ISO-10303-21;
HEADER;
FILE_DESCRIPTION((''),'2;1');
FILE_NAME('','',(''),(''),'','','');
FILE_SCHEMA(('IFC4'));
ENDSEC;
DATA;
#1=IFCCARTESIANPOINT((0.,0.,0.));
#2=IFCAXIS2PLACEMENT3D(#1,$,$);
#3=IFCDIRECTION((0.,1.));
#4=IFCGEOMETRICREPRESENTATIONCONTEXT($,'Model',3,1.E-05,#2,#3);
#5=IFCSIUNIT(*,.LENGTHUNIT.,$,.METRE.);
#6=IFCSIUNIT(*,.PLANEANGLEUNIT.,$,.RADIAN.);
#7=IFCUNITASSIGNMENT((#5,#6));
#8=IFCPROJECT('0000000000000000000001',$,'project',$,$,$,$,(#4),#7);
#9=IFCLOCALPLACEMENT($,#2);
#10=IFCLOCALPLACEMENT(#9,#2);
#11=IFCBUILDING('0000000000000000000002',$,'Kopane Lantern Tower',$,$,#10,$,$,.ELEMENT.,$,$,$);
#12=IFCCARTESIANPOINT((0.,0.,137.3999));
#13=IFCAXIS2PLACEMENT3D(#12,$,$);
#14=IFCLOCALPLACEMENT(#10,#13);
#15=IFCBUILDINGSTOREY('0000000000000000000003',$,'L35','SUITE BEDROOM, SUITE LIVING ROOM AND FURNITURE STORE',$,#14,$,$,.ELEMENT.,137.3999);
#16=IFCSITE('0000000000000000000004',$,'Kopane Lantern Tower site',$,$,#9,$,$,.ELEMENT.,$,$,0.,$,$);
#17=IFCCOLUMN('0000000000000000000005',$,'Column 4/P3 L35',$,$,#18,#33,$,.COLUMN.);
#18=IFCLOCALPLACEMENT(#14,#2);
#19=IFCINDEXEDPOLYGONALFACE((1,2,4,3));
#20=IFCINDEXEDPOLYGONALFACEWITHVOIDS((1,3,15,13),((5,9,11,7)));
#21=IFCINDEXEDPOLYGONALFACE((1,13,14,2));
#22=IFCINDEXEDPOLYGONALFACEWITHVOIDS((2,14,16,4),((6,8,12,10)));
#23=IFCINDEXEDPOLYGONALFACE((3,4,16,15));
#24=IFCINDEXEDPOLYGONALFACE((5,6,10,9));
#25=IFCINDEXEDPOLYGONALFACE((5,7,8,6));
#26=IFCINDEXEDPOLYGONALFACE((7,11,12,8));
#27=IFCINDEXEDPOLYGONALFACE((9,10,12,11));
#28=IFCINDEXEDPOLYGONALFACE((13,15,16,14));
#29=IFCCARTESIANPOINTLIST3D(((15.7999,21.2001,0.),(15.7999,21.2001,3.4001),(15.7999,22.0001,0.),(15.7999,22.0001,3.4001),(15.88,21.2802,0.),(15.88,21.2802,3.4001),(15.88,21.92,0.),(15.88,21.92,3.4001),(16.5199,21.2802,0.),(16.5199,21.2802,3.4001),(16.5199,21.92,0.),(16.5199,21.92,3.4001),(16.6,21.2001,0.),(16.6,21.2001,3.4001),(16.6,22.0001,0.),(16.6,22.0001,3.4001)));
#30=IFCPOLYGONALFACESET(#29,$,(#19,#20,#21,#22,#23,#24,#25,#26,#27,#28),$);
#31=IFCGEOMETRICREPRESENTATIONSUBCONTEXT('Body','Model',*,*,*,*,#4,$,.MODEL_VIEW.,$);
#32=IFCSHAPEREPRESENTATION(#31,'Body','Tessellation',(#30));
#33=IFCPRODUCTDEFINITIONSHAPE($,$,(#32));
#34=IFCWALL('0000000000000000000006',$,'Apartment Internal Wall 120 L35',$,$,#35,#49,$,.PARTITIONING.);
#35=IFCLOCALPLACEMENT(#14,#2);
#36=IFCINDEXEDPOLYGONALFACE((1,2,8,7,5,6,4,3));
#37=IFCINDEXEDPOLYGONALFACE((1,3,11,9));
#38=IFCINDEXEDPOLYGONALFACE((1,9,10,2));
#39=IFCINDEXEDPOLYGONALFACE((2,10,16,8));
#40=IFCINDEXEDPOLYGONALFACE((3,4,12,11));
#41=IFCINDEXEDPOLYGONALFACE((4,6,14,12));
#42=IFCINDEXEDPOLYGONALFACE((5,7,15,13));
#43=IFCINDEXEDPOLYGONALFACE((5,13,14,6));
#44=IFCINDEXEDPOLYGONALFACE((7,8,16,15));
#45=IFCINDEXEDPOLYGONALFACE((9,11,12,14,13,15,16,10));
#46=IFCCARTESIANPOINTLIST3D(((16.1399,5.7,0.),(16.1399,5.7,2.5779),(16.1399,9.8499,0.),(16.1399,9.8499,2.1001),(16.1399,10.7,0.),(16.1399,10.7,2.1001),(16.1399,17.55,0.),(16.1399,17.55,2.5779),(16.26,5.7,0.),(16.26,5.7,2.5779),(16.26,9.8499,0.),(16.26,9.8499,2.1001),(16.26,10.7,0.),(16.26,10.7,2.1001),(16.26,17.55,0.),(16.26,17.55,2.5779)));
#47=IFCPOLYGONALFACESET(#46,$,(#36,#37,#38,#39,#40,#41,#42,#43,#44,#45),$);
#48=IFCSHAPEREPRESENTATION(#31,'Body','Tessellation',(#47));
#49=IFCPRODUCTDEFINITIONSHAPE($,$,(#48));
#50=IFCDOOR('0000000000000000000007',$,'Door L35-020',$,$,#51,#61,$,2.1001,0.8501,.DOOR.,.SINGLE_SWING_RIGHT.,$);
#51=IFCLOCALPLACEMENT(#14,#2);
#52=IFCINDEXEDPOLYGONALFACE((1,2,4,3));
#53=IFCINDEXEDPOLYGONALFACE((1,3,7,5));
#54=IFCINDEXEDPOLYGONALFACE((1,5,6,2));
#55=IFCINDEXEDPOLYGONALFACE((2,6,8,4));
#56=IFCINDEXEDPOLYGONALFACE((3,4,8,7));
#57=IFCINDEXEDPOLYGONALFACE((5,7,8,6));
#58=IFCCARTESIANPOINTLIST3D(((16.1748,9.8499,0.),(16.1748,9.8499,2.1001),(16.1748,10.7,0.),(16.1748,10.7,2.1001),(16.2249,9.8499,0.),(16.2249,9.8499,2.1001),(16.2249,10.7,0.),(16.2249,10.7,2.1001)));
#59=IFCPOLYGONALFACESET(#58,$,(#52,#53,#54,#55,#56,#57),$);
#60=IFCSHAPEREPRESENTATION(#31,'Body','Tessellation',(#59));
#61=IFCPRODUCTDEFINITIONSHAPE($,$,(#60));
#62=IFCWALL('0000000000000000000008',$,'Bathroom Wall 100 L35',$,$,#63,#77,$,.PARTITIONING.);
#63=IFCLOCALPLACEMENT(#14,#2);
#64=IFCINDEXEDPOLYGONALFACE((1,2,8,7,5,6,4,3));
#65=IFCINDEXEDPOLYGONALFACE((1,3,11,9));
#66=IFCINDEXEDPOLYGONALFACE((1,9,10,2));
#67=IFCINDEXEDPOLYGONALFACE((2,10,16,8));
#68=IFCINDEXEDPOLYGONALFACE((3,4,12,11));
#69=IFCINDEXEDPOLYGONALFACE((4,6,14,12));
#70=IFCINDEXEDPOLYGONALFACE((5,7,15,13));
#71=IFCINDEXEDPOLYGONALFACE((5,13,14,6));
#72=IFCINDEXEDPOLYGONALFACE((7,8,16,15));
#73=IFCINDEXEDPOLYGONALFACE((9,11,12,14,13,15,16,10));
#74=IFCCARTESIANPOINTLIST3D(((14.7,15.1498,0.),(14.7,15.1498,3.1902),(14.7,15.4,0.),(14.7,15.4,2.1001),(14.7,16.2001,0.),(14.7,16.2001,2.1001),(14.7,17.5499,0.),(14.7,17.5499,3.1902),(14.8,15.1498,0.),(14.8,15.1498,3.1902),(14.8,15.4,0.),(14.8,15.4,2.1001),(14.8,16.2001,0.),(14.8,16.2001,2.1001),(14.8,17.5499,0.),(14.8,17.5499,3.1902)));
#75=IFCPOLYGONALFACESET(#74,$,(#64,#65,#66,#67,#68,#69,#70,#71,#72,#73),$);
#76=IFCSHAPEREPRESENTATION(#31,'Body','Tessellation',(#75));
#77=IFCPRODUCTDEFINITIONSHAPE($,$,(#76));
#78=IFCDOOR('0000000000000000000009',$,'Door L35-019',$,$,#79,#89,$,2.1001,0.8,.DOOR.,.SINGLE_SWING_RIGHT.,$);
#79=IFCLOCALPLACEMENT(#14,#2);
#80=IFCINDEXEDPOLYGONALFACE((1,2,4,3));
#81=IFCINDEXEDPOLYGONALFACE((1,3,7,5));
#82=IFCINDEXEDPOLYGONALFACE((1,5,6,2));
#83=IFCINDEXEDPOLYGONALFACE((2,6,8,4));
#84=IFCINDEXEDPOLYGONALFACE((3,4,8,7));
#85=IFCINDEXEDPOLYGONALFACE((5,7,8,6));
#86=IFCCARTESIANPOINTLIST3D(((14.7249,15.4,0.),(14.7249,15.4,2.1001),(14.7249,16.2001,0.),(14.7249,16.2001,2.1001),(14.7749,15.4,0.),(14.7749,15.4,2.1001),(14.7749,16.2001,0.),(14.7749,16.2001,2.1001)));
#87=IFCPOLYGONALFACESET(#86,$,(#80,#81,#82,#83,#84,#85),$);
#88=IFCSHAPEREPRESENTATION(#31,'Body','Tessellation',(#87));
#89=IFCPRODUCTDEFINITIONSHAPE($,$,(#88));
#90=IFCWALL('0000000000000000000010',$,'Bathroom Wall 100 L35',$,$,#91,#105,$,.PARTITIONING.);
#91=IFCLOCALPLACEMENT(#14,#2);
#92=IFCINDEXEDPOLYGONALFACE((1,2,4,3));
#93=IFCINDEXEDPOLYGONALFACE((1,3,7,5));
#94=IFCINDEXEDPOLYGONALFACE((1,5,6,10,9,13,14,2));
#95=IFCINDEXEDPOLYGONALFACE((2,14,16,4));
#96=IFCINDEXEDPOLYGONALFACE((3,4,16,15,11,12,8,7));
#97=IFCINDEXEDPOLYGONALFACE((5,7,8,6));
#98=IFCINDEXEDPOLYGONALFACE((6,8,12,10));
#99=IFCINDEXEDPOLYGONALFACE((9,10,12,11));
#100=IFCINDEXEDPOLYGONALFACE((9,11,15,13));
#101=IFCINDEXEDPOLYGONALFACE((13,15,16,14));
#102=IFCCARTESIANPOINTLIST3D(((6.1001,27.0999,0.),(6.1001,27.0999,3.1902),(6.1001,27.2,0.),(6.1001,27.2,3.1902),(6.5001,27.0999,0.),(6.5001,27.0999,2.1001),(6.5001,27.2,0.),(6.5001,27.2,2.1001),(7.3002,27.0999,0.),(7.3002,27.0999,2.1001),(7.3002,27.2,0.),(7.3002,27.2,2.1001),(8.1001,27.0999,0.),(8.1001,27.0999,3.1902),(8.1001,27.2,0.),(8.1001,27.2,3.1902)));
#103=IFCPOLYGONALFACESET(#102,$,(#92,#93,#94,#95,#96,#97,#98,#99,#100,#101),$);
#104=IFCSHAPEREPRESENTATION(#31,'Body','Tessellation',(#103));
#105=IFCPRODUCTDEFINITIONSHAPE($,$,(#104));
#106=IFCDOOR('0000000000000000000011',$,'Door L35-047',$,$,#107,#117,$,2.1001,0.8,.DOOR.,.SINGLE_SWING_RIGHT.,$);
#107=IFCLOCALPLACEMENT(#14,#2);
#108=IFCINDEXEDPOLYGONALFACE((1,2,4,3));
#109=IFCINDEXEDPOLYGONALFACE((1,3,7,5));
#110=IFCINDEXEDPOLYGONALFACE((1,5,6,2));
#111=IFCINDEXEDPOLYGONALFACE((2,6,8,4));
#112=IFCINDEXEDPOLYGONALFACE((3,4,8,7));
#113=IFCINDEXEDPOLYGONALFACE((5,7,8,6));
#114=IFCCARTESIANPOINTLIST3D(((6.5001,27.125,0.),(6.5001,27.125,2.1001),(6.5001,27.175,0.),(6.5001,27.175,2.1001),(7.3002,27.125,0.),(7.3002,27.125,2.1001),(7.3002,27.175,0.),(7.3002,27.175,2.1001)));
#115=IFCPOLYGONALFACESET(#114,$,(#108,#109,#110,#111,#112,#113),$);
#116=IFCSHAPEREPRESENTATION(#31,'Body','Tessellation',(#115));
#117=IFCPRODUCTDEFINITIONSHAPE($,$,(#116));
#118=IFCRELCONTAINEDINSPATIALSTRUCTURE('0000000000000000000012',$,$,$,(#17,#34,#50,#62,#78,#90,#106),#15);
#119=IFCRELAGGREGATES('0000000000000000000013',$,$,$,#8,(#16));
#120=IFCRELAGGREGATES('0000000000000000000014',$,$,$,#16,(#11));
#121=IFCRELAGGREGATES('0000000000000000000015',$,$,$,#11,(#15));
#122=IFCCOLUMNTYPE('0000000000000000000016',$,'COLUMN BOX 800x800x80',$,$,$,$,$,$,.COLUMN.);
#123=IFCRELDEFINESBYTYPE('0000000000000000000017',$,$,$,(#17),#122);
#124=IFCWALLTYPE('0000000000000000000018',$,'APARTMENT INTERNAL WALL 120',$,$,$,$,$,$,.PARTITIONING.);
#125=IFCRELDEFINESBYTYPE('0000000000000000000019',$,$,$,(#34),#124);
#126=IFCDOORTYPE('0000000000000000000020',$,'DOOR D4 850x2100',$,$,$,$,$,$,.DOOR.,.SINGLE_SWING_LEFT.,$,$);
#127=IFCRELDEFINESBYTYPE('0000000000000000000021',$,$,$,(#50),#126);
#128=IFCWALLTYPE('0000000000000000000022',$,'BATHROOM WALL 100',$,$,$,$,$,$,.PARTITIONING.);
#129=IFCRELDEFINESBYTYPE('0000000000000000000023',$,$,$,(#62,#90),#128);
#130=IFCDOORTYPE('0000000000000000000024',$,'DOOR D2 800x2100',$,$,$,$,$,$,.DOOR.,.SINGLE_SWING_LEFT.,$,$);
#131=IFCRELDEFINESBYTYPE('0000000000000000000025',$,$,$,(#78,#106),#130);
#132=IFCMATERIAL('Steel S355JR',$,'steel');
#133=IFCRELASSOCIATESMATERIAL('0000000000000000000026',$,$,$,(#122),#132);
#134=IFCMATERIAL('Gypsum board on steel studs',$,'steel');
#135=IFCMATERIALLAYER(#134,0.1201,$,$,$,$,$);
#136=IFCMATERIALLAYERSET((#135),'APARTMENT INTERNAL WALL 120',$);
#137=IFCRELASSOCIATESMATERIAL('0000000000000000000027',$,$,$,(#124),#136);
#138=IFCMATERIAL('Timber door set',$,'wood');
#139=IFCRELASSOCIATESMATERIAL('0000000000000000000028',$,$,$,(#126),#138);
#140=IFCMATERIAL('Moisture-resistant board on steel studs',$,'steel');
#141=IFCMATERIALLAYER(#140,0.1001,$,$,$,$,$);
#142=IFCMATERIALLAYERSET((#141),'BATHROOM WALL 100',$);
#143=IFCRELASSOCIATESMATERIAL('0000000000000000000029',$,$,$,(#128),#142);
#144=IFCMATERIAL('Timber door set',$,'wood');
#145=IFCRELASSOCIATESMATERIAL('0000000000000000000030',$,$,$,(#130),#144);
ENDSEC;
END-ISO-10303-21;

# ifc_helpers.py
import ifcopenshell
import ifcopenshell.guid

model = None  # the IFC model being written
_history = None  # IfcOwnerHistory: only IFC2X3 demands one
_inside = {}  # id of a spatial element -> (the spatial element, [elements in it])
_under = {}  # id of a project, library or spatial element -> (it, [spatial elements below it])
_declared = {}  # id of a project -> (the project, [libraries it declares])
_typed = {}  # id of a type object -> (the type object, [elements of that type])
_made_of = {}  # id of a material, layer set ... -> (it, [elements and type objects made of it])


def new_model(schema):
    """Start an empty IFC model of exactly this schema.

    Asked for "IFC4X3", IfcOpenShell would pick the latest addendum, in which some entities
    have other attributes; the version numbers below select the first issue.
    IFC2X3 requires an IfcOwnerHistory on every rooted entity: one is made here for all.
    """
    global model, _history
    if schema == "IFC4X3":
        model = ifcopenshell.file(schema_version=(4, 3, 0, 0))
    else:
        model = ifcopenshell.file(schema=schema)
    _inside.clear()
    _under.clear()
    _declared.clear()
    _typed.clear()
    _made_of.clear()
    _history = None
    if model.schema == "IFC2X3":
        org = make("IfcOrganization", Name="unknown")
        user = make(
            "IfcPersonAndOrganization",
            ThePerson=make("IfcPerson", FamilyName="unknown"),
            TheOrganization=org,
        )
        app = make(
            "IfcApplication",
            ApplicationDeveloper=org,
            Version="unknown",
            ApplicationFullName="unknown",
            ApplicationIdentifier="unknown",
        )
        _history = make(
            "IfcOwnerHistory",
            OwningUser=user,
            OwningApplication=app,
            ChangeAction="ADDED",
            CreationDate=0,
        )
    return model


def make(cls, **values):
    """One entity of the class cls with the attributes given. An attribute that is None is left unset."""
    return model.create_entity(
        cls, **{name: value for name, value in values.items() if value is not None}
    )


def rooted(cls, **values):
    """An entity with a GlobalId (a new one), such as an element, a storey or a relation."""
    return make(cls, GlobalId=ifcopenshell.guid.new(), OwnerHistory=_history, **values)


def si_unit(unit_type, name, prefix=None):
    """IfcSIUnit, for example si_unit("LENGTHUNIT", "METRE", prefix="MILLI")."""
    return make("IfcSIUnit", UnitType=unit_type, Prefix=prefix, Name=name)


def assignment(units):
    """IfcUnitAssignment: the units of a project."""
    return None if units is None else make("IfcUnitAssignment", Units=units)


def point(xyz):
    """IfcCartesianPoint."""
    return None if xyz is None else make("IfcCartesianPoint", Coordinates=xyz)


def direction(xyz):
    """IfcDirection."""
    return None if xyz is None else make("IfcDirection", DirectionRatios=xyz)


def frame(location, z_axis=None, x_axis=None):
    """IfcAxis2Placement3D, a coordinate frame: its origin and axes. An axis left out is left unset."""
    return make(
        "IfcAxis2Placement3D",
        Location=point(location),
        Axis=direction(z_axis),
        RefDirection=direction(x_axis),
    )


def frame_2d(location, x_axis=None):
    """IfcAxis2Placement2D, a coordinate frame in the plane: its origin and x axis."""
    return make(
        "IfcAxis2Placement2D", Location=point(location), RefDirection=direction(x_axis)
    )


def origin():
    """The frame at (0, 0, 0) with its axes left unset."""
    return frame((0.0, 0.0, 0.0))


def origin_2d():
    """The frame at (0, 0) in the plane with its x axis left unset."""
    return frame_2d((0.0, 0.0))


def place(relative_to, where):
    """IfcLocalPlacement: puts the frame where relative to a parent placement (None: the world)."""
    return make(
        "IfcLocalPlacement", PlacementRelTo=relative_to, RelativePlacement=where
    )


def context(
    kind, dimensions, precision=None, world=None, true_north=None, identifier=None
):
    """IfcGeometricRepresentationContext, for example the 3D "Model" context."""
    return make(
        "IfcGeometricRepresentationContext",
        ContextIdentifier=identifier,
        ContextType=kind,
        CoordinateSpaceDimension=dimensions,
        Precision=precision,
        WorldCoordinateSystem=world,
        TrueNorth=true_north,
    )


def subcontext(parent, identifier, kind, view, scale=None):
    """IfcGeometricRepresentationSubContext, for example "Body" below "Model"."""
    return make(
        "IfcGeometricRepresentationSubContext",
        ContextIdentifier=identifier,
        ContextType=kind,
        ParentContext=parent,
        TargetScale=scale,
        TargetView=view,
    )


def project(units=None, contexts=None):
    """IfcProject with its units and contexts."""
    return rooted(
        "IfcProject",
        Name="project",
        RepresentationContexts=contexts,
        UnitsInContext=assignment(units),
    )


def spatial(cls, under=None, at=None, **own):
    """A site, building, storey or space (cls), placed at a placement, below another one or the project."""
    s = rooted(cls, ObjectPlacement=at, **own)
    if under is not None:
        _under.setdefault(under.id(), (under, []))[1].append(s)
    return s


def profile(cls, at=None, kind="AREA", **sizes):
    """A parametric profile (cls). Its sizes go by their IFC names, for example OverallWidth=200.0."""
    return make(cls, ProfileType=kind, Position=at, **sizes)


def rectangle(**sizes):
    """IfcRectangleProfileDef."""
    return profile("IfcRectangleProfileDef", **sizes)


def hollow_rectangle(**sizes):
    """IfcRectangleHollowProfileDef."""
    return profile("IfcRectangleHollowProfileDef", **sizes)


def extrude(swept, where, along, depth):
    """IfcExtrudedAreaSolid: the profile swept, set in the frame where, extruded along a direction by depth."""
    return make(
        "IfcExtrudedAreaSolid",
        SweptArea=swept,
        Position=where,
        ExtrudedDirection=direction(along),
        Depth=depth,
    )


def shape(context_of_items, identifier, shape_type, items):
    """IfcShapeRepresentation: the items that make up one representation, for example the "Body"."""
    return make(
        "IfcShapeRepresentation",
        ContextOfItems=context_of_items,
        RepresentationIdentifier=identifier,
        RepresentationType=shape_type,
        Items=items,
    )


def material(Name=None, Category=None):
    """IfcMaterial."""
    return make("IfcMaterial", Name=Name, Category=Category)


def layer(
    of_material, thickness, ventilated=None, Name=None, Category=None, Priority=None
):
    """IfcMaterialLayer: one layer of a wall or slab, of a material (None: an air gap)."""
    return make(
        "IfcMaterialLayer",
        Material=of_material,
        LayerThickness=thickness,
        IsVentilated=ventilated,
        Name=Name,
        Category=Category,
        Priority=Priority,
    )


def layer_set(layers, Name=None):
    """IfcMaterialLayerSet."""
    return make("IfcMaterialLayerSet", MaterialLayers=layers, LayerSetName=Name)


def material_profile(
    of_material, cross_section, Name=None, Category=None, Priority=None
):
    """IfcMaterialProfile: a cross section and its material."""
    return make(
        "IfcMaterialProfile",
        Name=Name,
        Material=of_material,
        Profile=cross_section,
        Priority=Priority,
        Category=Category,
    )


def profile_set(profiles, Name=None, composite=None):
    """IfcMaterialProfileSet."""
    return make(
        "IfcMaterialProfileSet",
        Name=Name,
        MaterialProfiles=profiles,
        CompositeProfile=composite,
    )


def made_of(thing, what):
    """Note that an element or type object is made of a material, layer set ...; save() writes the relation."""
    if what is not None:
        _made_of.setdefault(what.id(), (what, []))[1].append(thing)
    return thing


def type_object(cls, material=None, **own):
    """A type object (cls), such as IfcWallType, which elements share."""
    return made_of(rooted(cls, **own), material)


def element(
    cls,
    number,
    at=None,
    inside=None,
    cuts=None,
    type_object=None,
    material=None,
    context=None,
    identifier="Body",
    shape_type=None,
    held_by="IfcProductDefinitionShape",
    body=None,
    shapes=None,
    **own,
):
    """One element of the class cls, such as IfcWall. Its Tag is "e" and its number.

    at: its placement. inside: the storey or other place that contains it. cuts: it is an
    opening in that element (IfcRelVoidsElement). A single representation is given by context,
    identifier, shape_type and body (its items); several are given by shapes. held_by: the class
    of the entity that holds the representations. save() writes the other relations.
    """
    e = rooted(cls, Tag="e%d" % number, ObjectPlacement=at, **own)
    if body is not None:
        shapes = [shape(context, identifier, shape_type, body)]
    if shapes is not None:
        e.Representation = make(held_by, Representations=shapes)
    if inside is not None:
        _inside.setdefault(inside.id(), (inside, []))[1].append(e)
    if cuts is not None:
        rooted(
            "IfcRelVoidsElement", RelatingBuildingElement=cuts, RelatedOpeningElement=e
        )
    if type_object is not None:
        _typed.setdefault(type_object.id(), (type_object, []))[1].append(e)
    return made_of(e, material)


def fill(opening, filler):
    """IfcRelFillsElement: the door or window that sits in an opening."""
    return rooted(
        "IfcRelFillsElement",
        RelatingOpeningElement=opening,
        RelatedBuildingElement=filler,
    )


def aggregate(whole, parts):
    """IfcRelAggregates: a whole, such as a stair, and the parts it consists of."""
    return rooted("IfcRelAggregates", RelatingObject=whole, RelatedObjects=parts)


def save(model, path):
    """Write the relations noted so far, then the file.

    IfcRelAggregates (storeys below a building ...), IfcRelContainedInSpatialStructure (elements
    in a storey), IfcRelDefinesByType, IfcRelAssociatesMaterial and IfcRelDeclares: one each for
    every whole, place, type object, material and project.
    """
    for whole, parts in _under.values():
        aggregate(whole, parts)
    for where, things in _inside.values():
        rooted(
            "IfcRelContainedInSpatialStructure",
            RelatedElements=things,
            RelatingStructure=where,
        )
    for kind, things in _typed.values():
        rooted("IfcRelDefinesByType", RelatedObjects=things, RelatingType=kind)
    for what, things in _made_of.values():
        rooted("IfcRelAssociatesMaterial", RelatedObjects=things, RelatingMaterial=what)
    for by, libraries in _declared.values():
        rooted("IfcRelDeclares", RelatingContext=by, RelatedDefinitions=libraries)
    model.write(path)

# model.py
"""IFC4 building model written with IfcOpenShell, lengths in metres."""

from ifc_helpers import new_model, si_unit, direction, frame, frame_2d, origin, origin_2d, place, context, subcontext, project, spatial, rectangle, hollow_rectangle, extrude, material, layer, layer_set, material_profile, profile_set, type_object, element, fill, save


model = new_model("IFC4")

# Units and contexts
model_context = context("Model", 3, precision=1e-05, world=origin(), true_north=direction((0.0, 1.0)))
body_context = subcontext(model_context, "Body", "Model", "MODEL_VIEW")
ifc_project = project(units=[si_unit("LENGTHUNIT", "METRE"), si_unit("PLANEANGLEUNIT", "RADIAN")], contexts=[model_context])

# Site, building, storey
site_placement = place(None, origin())
site = spatial("IfcSite", under=ifc_project, at=site_placement, Name="Kopane Lantern Tower site", CompositionType="ELEMENT", RefElevation=0.0)
building_placement = place(site_placement, origin())
building = spatial("IfcBuilding", under=site, at=building_placement, Name="Kopane Lantern Tower", CompositionType="ELEMENT")
storey_placement = place(building_placement, frame((0.0, 0.0, 137.3999)))
storey = spatial("IfcBuildingStorey", under=building, at=storey_placement, Name="L35", Description="SUITE BEDROOM, SUITE LIVING ROOM AND FURNITURE STORE", CompositionType="ELEMENT", Elevation=137.3999)

# Column
ifc_material_1 = material(Name="Steel S355JR", Category="steel")
ifc_material_profile = material_profile(ifc_material_1, hollow_rectangle(XDim=0.8, YDim=0.8, WallThickness=0.0801, at=origin_2d()), Name="BOX 800x800x80")
ifc_profile_set = profile_set([ifc_material_profile], Name="Steel S355JR")
column_type = type_object("IfcColumnType", Name="COLUMN BOX 800x800x80", PredefinedType="COLUMN", material=ifc_profile_set)
column_placement = place(storey_placement, frame((16.2, 21.6001, 0.0), z_axis=(0.0, 0.0, 1.0), x_axis=(1.0, 0.0, 0.0)))
element("IfcColumn", 1, at=column_placement, inside=storey, type_object=column_type, Name="Column 4/P3 L35", PredefinedType="COLUMN", context=body_context, shape_type="SweptSolid", body=[
    extrude(hollow_rectangle(XDim=0.8, YDim=0.8, WallThickness=0.0801, at=origin_2d()), origin(), (0.0, 0.0, 1.0), 3.4001),
])

# Walls, openings, doors
ifc_material_2 = material(Name="Gypsum board on steel studs", Category="steel")
ifc_layer_1 = layer(ifc_material_2, 0.1201)
ifc_layer_set_1 = layer_set([ifc_layer_1], Name="APARTMENT INTERNAL WALL 120")
wall_type_1 = type_object("IfcWallType", Name="APARTMENT INTERNAL WALL 120", PredefinedType="PARTITIONING", material=ifc_layer_set_1)
wall_1_placement = place(storey_placement, frame((16.2, 17.55, 0.0), z_axis=(0.0, 0.0, 1.0), x_axis=(0.0, -1.0, 0.0)))
wall_1 = element("IfcWall", 2, at=wall_1_placement, inside=storey, type_object=wall_type_1, Name="Apartment Internal Wall 120 L35", PredefinedType="PARTITIONING", context=body_context, shape_type="SweptSolid", body=[
    extrude(rectangle(XDim=11.8501, YDim=0.1201, at=frame_2d((5.925, 0.0))), origin(), (0.0, 0.0, 1.0), 2.5779),
])
opening_1_placement = place(wall_1_placement, frame((6.8501, 0.0, 0.0)))
opening_1 = element("IfcOpeningElement", 3, at=opening_1_placement, cuts=wall_1, PredefinedType="OPENING", context=body_context, shape_type="SweptSolid", body=[
    extrude(rectangle(XDim=0.8501, YDim=2.1001, at=frame_2d((0.425, 1.05))), frame((0.0, 0.0701, 0.0), z_axis=(0.0, -1.0, 0.0), x_axis=(1.0, 0.0, 0.0)), (0.0, 0.0, 1.0), 0.1401),
])
ifc_material_3 = material(Name="Timber door set", Category="wood")
door_type_1 = type_object("IfcDoorType", Name="DOOR D4 850x2100", OperationType="SINGLE_SWING_LEFT", PredefinedType="DOOR", material=ifc_material_3)
door_1_placement = place(opening_1_placement, origin())
door_1 = element("IfcDoor", 4, at=door_1_placement, inside=storey, type_object=door_type_1, Name="Door L35-020", OperationType="SINGLE_SWING_RIGHT", OverallHeight=2.1001, OverallWidth=0.8501, PredefinedType="DOOR", context=body_context, shape_type="SweptSolid", body=[
    extrude(rectangle(XDim=0.8501, YDim=2.1001, at=frame_2d((0.425, 1.05))), frame((0.0, 0.0249, 0.0), z_axis=(0.0, -1.0, 0.0), x_axis=(1.0, 0.0, 0.0)), (0.0, 0.0, 1.0), 0.05),
])
fill(opening_1, door_1)
ifc_material_4 = material(Name="Moisture-resistant board on steel studs", Category="steel")
ifc_layer_2 = layer(ifc_material_4, 0.1001)
ifc_layer_set_2 = layer_set([ifc_layer_2], Name="BATHROOM WALL 100")
wall_type_2 = type_object("IfcWallType", Name="BATHROOM WALL 100", PredefinedType="PARTITIONING", material=ifc_layer_set_2)
wall_2_placement = place(storey_placement, frame((14.75, 17.55, 0.0), z_axis=(0.0, 0.0, 1.0), x_axis=(0.0, -1.0, 0.0)))
wall_2 = element("IfcWall", 5, at=wall_2_placement, inside=storey, type_object=wall_type_2, Name="Bathroom Wall 100 L35", PredefinedType="PARTITIONING", context=body_context, shape_type="SweptSolid", body=[
    extrude(rectangle(XDim=2.4001, YDim=0.1001, at=frame_2d((1.2002, 0.0))), origin(), (0.0, 0.0, 1.0), 3.1902),
])
opening_2_placement = place(wall_2_placement, frame((1.3501, 0.0, 0.0)))
opening_2 = element("IfcOpeningElement", 6, at=opening_2_placement, cuts=wall_2, PredefinedType="OPENING", context=body_context, shape_type="SweptSolid", body=[
    extrude(rectangle(XDim=0.8, YDim=2.1001, at=frame_2d((0.3999, 1.05))), frame((0.0, 0.0601, 0.0), z_axis=(0.0, -1.0, 0.0), x_axis=(1.0, 0.0, 0.0)), (0.0, 0.0, 1.0), 0.1201),
])
ifc_material_5 = material(Name="Timber door set", Category="wood")
door_type_2 = type_object("IfcDoorType", Name="DOOR D2 800x2100", OperationType="SINGLE_SWING_LEFT", PredefinedType="DOOR", material=ifc_material_5)
door_2_placement = place(opening_2_placement, origin())
door_2 = element("IfcDoor", 7, at=door_2_placement, inside=storey, type_object=door_type_2, Name="Door L35-019", OperationType="SINGLE_SWING_RIGHT", OverallHeight=2.1001, OverallWidth=0.8, PredefinedType="DOOR", context=body_context, shape_type="SweptSolid", body=[
    extrude(rectangle(XDim=0.8, YDim=2.1001, at=frame_2d((0.3999, 1.05))), frame((0.0, 0.0249, 0.0), z_axis=(0.0, -1.0, 0.0), x_axis=(1.0, 0.0, 0.0)), (0.0, 0.0, 1.0), 0.05),
])
fill(opening_2, door_2)
wall_3_placement = place(storey_placement, frame((8.1001, 27.1499, 0.0), z_axis=(0.0, 0.0, 1.0), x_axis=(-1.0, 0.0, 0.0)))
wall_3 = element("IfcWall", 8, at=wall_3_placement, inside=storey, type_object=wall_type_2, Name="Bathroom Wall 100 L35", PredefinedType="PARTITIONING", context=body_context, shape_type="SweptSolid", body=[
    extrude(rectangle(XDim=2.0, YDim=0.1001, at=frame_2d((1.0, 0.0))), origin(), (0.0, 0.0, 1.0), 3.1902),
])
opening_3_placement = place(wall_3_placement, frame((0.8, 0.0, 0.0)))
opening_3 = element("IfcOpeningElement", 9, at=opening_3_placement, cuts=wall_3, PredefinedType="OPENING", context=body_context, shape_type="SweptSolid", body=[
    extrude(rectangle(XDim=0.8, YDim=2.1001, at=frame_2d((0.3999, 1.05))), frame((0.0, 0.0601, 0.0), z_axis=(0.0, -1.0, 0.0), x_axis=(1.0, 0.0, 0.0)), (0.0, 0.0, 1.0), 0.1201),
])
door_3_placement = place(opening_3_placement, origin())
door_3 = element("IfcDoor", 10, at=door_3_placement, inside=storey, type_object=door_type_2, Name="Door L35-047", OperationType="SINGLE_SWING_RIGHT", OverallHeight=2.1001, OverallWidth=0.8, PredefinedType="DOOR", context=body_context, shape_type="SweptSolid", body=[
    extrude(rectangle(XDim=0.8, YDim=2.1001, at=frame_2d((0.3999, 1.05))), frame((0.0, 0.0249, 0.0), z_axis=(0.0, -1.0, 0.0), x_axis=(1.0, 0.0, 0.0)), (0.0, 0.0, 1.0), 0.05),
])
fill(opening_3, door_3)

save(model, "model.ifc")
